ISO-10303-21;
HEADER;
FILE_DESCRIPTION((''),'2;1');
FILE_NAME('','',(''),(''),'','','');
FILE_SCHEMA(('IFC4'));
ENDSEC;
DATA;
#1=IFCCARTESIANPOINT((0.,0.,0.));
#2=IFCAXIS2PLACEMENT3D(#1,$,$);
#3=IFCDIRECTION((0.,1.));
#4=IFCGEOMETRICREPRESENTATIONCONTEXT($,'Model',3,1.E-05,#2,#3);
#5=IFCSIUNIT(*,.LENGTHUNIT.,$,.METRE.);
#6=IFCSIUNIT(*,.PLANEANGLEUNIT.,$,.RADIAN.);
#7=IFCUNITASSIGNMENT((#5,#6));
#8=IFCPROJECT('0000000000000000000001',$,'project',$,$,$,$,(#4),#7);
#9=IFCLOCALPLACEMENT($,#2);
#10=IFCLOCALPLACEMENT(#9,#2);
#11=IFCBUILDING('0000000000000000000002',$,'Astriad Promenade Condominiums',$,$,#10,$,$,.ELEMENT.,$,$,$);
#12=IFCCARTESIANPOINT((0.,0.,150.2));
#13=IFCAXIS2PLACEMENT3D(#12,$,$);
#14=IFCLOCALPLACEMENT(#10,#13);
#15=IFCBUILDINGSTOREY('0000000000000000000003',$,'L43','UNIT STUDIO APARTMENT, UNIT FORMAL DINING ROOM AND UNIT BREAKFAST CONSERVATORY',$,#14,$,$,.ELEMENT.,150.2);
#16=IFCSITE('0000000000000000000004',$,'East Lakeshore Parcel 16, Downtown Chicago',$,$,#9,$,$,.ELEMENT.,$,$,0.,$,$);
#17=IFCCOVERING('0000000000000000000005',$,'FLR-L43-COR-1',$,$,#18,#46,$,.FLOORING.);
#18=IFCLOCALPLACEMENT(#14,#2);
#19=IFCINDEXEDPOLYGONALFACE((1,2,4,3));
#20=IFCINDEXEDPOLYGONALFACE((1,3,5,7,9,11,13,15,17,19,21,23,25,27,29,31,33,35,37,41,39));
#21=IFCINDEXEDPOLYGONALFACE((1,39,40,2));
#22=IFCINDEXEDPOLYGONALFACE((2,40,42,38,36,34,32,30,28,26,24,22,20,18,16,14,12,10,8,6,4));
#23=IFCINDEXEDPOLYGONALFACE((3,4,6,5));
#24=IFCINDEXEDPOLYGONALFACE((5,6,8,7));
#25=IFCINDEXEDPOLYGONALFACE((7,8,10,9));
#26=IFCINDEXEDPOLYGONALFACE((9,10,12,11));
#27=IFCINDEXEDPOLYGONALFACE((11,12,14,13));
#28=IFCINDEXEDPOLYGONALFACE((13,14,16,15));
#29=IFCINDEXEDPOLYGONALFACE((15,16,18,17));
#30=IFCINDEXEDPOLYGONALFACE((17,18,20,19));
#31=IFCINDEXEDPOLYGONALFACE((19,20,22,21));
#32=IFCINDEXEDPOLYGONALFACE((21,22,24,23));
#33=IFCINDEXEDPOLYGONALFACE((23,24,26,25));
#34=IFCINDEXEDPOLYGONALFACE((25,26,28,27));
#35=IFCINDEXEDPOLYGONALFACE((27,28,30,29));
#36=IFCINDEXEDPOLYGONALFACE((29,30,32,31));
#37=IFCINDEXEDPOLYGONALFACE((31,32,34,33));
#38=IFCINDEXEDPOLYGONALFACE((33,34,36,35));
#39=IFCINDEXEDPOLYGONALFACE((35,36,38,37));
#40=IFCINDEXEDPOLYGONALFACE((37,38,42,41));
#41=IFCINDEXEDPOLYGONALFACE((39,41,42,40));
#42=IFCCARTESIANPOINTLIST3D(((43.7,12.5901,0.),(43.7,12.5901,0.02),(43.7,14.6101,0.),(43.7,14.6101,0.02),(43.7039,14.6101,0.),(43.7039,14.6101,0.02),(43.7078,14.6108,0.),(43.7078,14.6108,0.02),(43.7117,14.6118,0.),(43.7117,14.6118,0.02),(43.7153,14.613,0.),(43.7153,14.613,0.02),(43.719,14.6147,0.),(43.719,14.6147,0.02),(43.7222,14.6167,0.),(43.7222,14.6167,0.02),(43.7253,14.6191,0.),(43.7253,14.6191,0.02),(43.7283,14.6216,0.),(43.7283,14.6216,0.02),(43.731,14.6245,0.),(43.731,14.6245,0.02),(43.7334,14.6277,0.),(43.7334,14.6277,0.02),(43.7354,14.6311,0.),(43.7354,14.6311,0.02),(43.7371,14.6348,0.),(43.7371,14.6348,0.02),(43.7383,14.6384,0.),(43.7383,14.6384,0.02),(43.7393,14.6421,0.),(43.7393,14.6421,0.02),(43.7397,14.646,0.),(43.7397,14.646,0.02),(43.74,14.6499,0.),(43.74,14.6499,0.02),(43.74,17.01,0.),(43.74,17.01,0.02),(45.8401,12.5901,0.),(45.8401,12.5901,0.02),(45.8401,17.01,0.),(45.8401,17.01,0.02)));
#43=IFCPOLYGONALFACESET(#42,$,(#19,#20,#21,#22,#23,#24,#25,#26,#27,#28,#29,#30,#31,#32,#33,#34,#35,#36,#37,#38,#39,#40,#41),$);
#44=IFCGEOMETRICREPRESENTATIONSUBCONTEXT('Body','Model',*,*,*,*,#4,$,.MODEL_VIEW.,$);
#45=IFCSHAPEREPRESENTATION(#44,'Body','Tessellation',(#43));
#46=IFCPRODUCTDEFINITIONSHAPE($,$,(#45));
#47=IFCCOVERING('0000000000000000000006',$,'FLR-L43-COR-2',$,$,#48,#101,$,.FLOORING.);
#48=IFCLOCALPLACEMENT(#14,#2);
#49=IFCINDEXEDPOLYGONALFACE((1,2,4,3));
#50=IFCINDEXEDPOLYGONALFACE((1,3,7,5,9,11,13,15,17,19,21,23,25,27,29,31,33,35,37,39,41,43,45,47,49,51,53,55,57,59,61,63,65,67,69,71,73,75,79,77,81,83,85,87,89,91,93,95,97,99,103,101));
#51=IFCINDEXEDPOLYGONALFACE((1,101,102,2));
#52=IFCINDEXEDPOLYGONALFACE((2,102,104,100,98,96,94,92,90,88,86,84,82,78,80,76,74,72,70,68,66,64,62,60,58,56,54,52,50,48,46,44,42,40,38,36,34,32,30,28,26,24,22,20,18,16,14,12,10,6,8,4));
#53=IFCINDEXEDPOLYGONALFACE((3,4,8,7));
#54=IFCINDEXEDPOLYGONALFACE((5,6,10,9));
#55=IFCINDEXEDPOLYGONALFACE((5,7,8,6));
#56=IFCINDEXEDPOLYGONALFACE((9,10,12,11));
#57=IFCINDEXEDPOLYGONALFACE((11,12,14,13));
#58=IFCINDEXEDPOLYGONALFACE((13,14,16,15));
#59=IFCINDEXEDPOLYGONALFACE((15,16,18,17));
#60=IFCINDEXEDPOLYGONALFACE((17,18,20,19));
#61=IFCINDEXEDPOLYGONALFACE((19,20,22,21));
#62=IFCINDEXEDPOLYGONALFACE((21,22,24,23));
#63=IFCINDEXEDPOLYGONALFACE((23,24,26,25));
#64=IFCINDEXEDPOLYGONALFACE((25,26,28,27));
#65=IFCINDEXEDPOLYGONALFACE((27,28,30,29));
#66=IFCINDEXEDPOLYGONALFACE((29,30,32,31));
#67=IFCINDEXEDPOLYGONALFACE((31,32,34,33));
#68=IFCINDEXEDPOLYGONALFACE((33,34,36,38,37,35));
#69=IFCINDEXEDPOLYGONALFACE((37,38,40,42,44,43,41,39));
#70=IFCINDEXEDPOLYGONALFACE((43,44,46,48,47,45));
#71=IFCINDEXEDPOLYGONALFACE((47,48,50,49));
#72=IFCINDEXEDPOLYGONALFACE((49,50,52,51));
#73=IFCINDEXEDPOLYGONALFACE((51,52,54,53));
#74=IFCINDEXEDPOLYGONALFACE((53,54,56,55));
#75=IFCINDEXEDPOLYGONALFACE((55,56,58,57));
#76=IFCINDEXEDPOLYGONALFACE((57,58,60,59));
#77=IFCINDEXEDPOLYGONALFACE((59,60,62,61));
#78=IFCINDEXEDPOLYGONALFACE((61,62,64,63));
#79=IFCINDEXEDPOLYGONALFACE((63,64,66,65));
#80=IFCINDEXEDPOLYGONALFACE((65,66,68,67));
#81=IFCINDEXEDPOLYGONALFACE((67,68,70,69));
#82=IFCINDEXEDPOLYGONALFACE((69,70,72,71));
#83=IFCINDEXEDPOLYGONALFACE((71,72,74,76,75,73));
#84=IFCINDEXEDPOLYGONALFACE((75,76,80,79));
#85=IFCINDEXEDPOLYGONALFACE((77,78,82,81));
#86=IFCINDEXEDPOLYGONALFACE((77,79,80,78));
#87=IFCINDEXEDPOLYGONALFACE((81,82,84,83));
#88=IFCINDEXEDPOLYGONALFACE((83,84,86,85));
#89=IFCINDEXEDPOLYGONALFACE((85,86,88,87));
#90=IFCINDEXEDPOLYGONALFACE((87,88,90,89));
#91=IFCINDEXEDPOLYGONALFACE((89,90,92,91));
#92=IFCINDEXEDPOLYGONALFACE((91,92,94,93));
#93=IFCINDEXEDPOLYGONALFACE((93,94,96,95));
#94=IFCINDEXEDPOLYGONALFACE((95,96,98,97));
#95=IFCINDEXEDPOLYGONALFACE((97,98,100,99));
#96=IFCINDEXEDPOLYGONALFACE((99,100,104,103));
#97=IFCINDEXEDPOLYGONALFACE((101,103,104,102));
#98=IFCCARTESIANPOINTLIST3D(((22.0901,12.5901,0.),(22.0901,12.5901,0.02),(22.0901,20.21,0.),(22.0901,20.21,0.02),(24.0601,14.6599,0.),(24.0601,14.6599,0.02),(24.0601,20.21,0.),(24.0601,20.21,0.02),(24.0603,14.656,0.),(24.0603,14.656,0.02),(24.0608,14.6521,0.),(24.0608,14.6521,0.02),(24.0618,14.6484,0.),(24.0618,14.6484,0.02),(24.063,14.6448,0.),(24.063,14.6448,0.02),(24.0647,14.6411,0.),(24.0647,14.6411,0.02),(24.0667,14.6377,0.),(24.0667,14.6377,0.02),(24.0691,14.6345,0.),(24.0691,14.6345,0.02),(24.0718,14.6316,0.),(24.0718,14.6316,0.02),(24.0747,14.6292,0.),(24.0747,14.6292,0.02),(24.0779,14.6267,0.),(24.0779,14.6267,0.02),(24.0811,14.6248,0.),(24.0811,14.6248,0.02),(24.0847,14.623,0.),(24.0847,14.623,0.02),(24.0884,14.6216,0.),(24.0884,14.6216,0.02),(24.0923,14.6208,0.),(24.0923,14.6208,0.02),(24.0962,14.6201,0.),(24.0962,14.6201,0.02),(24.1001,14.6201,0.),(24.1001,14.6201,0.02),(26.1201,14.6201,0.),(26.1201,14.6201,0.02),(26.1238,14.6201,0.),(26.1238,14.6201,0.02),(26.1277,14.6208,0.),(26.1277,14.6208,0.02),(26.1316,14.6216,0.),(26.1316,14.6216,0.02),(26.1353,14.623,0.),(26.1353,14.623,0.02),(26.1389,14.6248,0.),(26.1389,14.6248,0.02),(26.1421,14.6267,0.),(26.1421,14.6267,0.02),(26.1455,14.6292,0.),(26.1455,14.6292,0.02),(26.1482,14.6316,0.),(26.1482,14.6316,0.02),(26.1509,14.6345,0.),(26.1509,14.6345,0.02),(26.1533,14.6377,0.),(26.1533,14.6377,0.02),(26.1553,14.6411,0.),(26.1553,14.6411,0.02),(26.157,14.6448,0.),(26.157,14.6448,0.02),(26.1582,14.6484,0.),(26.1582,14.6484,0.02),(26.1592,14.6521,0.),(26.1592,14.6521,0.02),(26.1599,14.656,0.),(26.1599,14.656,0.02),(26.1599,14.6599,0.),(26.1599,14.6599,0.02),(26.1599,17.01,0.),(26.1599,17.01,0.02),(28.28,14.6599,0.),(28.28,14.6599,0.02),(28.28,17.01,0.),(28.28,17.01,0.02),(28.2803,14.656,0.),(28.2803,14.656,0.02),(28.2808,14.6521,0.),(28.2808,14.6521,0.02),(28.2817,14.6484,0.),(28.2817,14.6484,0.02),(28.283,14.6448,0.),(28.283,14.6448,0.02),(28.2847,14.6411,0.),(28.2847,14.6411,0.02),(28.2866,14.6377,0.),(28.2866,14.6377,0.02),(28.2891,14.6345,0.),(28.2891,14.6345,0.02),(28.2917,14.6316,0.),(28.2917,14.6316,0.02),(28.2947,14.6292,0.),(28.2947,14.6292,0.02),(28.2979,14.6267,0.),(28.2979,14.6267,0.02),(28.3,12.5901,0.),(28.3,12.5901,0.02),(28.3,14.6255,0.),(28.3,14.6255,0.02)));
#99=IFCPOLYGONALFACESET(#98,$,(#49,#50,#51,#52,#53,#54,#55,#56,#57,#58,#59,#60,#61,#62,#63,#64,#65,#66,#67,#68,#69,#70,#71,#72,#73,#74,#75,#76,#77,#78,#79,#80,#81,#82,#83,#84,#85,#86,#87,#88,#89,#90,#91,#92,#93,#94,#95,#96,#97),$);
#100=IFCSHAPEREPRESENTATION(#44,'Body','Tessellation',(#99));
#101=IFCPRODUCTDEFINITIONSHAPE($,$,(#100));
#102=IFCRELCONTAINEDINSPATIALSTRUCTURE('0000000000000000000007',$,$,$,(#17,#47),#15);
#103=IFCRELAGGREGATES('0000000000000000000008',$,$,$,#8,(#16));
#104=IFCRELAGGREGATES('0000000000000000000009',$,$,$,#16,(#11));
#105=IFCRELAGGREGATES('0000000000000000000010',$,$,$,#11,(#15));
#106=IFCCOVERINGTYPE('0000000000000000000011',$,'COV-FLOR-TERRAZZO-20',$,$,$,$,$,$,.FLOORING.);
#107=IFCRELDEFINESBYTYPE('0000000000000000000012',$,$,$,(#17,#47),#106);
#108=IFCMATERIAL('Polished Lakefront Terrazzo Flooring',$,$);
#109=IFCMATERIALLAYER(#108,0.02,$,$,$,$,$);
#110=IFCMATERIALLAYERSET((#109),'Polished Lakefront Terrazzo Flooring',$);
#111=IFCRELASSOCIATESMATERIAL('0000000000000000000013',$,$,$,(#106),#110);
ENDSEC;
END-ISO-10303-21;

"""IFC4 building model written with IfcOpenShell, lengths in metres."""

from ifc_helpers import new_model, si_unit, direction, frame, origin, place, context, subcontext, project, spatial, polyline, outline, extrude, material, layer, layer_set, type_object, element, save


model = new_model("IFC4")

# Units and contexts
model_context = context("Model", 3, precision=1e-05, world=origin(), true_north=direction((0.0, 1.0)))
body_context = subcontext(model_context, "Body", "Model", "MODEL_VIEW")
ifc_project = project(units=[si_unit("LENGTHUNIT", "METRE"), si_unit("PLANEANGLEUNIT", "RADIAN")], contexts=[model_context])

# Site, building, storey
site_placement = place(None, origin())
site = spatial("IfcSite", under=ifc_project, at=site_placement, Name="East Lakeshore Parcel 16, Downtown Chicago", CompositionType="ELEMENT", RefElevation=0.0)
building_placement = place(site_placement, origin())
building = spatial("IfcBuilding", under=site, at=building_placement, Name="Astriad Promenade Condominiums", CompositionType="ELEMENT")
storey_placement = place(building_placement, frame((0.0, 0.0, 150.2)))
storey = spatial("IfcBuildingStorey", under=building, at=storey_placement, Name="L43", Description="UNIT STUDIO APARTMENT, UNIT FORMAL DINING ROOM AND UNIT BREAKFAST CONSERVATORY", CompositionType="ELEMENT", Elevation=150.2)

# Coverings
ifc_material_1 = material(Name="Polished Lakefront Terrazzo Flooring")
ifc_layer_1 = layer(ifc_material_1, 0.02)
ifc_layer_set_1 = layer_set([ifc_layer_1], Name="Polished Lakefront Terrazzo Flooring")
covering_type = type_object("IfcCoveringType", Name="COV-FLOR-TERRAZZO-20", PredefinedType="FLOORING", material=ifc_layer_set_1)
covering_1_placement = place(storey_placement, origin())
element("IfcCovering", 1, at=covering_1_placement, inside=storey, type_object=covering_type, Name="FLR-L43-COR-1", PredefinedType="FLOORING", context=body_context, shape_type="SweptSolid", body=[
    extrude(outline(polyline([(43.7, 12.5901), (43.7, 14.6101), (43.7039, 14.6101), (43.7078, 14.6108), (43.7117, 14.6118), (43.7153, 14.613), (43.719, 14.6147), (43.7222, 14.6167), (43.7253, 14.6191), (43.7283, 14.6216), (43.731, 14.6245), (43.7334, 14.6277), (43.7354, 14.6311), (43.7371, 14.6348), (43.7383, 14.6384), (43.7393, 14.6421), (43.7397, 14.646), (43.74, 14.6499), (43.74, 17.01), (45.8401, 17.01), (45.8401, 12.5901), (43.7, 12.5901)])), origin(), (0.0, 0.0, 1.0), 0.02),
])
covering_2_placement = place(storey_placement, origin())
element("IfcCovering", 2, at=covering_2_placement, inside=storey, type_object=covering_type, Name="FLR-L43-COR-2", PredefinedType="FLOORING", context=body_context, shape_type="SweptSolid", body=[
    extrude(outline(polyline([(28.3, 12.5901), (22.0901, 12.5901), (22.0901, 20.21), (24.0601, 20.21), (24.0601, 14.6599), (24.0603, 14.656), (24.0608, 14.6521), (24.0618, 14.6484), (24.063, 14.6448), (24.0647, 14.6411), (24.0667, 14.6377), (24.0691, 14.6345), (24.0718, 14.6316), (24.0747, 14.6292), (24.0779, 14.6267), (24.0811, 14.6248), (24.0847, 14.623), (24.0884, 14.6216), (24.0923, 14.6208), (24.0962, 14.6201), (24.1001, 14.6201), (26.1201, 14.6201), (26.1238, 14.6201), (26.1277, 14.6208), (26.1316, 14.6216), (26.1353, 14.623), (26.1389, 14.6248), (26.1421, 14.6267), (26.1455, 14.6292), (26.1482, 14.6316), (26.1509, 14.6345), (26.1533, 14.6377), (26.1553, 14.6411), (26.157, 14.6448), (26.1582, 14.6484), (26.1592, 14.6521), (26.1599, 14.656), (26.1599, 14.6599), (26.1599, 17.01), (28.28, 17.01), (28.28, 14.6599), (28.2803, 14.656), (28.2808, 14.6521), (28.2817, 14.6484), (28.283, 14.6448), (28.2847, 14.6411), (28.2866, 14.6377), (28.2891, 14.6345), (28.2917, 14.6316), (28.2947, 14.6292), (28.2979, 14.6267), (28.3, 14.6255), (28.3, 12.5901)])), origin(), (0.0, 0.0, 1.0), 0.02),
])

save(model, "model.ifc")
